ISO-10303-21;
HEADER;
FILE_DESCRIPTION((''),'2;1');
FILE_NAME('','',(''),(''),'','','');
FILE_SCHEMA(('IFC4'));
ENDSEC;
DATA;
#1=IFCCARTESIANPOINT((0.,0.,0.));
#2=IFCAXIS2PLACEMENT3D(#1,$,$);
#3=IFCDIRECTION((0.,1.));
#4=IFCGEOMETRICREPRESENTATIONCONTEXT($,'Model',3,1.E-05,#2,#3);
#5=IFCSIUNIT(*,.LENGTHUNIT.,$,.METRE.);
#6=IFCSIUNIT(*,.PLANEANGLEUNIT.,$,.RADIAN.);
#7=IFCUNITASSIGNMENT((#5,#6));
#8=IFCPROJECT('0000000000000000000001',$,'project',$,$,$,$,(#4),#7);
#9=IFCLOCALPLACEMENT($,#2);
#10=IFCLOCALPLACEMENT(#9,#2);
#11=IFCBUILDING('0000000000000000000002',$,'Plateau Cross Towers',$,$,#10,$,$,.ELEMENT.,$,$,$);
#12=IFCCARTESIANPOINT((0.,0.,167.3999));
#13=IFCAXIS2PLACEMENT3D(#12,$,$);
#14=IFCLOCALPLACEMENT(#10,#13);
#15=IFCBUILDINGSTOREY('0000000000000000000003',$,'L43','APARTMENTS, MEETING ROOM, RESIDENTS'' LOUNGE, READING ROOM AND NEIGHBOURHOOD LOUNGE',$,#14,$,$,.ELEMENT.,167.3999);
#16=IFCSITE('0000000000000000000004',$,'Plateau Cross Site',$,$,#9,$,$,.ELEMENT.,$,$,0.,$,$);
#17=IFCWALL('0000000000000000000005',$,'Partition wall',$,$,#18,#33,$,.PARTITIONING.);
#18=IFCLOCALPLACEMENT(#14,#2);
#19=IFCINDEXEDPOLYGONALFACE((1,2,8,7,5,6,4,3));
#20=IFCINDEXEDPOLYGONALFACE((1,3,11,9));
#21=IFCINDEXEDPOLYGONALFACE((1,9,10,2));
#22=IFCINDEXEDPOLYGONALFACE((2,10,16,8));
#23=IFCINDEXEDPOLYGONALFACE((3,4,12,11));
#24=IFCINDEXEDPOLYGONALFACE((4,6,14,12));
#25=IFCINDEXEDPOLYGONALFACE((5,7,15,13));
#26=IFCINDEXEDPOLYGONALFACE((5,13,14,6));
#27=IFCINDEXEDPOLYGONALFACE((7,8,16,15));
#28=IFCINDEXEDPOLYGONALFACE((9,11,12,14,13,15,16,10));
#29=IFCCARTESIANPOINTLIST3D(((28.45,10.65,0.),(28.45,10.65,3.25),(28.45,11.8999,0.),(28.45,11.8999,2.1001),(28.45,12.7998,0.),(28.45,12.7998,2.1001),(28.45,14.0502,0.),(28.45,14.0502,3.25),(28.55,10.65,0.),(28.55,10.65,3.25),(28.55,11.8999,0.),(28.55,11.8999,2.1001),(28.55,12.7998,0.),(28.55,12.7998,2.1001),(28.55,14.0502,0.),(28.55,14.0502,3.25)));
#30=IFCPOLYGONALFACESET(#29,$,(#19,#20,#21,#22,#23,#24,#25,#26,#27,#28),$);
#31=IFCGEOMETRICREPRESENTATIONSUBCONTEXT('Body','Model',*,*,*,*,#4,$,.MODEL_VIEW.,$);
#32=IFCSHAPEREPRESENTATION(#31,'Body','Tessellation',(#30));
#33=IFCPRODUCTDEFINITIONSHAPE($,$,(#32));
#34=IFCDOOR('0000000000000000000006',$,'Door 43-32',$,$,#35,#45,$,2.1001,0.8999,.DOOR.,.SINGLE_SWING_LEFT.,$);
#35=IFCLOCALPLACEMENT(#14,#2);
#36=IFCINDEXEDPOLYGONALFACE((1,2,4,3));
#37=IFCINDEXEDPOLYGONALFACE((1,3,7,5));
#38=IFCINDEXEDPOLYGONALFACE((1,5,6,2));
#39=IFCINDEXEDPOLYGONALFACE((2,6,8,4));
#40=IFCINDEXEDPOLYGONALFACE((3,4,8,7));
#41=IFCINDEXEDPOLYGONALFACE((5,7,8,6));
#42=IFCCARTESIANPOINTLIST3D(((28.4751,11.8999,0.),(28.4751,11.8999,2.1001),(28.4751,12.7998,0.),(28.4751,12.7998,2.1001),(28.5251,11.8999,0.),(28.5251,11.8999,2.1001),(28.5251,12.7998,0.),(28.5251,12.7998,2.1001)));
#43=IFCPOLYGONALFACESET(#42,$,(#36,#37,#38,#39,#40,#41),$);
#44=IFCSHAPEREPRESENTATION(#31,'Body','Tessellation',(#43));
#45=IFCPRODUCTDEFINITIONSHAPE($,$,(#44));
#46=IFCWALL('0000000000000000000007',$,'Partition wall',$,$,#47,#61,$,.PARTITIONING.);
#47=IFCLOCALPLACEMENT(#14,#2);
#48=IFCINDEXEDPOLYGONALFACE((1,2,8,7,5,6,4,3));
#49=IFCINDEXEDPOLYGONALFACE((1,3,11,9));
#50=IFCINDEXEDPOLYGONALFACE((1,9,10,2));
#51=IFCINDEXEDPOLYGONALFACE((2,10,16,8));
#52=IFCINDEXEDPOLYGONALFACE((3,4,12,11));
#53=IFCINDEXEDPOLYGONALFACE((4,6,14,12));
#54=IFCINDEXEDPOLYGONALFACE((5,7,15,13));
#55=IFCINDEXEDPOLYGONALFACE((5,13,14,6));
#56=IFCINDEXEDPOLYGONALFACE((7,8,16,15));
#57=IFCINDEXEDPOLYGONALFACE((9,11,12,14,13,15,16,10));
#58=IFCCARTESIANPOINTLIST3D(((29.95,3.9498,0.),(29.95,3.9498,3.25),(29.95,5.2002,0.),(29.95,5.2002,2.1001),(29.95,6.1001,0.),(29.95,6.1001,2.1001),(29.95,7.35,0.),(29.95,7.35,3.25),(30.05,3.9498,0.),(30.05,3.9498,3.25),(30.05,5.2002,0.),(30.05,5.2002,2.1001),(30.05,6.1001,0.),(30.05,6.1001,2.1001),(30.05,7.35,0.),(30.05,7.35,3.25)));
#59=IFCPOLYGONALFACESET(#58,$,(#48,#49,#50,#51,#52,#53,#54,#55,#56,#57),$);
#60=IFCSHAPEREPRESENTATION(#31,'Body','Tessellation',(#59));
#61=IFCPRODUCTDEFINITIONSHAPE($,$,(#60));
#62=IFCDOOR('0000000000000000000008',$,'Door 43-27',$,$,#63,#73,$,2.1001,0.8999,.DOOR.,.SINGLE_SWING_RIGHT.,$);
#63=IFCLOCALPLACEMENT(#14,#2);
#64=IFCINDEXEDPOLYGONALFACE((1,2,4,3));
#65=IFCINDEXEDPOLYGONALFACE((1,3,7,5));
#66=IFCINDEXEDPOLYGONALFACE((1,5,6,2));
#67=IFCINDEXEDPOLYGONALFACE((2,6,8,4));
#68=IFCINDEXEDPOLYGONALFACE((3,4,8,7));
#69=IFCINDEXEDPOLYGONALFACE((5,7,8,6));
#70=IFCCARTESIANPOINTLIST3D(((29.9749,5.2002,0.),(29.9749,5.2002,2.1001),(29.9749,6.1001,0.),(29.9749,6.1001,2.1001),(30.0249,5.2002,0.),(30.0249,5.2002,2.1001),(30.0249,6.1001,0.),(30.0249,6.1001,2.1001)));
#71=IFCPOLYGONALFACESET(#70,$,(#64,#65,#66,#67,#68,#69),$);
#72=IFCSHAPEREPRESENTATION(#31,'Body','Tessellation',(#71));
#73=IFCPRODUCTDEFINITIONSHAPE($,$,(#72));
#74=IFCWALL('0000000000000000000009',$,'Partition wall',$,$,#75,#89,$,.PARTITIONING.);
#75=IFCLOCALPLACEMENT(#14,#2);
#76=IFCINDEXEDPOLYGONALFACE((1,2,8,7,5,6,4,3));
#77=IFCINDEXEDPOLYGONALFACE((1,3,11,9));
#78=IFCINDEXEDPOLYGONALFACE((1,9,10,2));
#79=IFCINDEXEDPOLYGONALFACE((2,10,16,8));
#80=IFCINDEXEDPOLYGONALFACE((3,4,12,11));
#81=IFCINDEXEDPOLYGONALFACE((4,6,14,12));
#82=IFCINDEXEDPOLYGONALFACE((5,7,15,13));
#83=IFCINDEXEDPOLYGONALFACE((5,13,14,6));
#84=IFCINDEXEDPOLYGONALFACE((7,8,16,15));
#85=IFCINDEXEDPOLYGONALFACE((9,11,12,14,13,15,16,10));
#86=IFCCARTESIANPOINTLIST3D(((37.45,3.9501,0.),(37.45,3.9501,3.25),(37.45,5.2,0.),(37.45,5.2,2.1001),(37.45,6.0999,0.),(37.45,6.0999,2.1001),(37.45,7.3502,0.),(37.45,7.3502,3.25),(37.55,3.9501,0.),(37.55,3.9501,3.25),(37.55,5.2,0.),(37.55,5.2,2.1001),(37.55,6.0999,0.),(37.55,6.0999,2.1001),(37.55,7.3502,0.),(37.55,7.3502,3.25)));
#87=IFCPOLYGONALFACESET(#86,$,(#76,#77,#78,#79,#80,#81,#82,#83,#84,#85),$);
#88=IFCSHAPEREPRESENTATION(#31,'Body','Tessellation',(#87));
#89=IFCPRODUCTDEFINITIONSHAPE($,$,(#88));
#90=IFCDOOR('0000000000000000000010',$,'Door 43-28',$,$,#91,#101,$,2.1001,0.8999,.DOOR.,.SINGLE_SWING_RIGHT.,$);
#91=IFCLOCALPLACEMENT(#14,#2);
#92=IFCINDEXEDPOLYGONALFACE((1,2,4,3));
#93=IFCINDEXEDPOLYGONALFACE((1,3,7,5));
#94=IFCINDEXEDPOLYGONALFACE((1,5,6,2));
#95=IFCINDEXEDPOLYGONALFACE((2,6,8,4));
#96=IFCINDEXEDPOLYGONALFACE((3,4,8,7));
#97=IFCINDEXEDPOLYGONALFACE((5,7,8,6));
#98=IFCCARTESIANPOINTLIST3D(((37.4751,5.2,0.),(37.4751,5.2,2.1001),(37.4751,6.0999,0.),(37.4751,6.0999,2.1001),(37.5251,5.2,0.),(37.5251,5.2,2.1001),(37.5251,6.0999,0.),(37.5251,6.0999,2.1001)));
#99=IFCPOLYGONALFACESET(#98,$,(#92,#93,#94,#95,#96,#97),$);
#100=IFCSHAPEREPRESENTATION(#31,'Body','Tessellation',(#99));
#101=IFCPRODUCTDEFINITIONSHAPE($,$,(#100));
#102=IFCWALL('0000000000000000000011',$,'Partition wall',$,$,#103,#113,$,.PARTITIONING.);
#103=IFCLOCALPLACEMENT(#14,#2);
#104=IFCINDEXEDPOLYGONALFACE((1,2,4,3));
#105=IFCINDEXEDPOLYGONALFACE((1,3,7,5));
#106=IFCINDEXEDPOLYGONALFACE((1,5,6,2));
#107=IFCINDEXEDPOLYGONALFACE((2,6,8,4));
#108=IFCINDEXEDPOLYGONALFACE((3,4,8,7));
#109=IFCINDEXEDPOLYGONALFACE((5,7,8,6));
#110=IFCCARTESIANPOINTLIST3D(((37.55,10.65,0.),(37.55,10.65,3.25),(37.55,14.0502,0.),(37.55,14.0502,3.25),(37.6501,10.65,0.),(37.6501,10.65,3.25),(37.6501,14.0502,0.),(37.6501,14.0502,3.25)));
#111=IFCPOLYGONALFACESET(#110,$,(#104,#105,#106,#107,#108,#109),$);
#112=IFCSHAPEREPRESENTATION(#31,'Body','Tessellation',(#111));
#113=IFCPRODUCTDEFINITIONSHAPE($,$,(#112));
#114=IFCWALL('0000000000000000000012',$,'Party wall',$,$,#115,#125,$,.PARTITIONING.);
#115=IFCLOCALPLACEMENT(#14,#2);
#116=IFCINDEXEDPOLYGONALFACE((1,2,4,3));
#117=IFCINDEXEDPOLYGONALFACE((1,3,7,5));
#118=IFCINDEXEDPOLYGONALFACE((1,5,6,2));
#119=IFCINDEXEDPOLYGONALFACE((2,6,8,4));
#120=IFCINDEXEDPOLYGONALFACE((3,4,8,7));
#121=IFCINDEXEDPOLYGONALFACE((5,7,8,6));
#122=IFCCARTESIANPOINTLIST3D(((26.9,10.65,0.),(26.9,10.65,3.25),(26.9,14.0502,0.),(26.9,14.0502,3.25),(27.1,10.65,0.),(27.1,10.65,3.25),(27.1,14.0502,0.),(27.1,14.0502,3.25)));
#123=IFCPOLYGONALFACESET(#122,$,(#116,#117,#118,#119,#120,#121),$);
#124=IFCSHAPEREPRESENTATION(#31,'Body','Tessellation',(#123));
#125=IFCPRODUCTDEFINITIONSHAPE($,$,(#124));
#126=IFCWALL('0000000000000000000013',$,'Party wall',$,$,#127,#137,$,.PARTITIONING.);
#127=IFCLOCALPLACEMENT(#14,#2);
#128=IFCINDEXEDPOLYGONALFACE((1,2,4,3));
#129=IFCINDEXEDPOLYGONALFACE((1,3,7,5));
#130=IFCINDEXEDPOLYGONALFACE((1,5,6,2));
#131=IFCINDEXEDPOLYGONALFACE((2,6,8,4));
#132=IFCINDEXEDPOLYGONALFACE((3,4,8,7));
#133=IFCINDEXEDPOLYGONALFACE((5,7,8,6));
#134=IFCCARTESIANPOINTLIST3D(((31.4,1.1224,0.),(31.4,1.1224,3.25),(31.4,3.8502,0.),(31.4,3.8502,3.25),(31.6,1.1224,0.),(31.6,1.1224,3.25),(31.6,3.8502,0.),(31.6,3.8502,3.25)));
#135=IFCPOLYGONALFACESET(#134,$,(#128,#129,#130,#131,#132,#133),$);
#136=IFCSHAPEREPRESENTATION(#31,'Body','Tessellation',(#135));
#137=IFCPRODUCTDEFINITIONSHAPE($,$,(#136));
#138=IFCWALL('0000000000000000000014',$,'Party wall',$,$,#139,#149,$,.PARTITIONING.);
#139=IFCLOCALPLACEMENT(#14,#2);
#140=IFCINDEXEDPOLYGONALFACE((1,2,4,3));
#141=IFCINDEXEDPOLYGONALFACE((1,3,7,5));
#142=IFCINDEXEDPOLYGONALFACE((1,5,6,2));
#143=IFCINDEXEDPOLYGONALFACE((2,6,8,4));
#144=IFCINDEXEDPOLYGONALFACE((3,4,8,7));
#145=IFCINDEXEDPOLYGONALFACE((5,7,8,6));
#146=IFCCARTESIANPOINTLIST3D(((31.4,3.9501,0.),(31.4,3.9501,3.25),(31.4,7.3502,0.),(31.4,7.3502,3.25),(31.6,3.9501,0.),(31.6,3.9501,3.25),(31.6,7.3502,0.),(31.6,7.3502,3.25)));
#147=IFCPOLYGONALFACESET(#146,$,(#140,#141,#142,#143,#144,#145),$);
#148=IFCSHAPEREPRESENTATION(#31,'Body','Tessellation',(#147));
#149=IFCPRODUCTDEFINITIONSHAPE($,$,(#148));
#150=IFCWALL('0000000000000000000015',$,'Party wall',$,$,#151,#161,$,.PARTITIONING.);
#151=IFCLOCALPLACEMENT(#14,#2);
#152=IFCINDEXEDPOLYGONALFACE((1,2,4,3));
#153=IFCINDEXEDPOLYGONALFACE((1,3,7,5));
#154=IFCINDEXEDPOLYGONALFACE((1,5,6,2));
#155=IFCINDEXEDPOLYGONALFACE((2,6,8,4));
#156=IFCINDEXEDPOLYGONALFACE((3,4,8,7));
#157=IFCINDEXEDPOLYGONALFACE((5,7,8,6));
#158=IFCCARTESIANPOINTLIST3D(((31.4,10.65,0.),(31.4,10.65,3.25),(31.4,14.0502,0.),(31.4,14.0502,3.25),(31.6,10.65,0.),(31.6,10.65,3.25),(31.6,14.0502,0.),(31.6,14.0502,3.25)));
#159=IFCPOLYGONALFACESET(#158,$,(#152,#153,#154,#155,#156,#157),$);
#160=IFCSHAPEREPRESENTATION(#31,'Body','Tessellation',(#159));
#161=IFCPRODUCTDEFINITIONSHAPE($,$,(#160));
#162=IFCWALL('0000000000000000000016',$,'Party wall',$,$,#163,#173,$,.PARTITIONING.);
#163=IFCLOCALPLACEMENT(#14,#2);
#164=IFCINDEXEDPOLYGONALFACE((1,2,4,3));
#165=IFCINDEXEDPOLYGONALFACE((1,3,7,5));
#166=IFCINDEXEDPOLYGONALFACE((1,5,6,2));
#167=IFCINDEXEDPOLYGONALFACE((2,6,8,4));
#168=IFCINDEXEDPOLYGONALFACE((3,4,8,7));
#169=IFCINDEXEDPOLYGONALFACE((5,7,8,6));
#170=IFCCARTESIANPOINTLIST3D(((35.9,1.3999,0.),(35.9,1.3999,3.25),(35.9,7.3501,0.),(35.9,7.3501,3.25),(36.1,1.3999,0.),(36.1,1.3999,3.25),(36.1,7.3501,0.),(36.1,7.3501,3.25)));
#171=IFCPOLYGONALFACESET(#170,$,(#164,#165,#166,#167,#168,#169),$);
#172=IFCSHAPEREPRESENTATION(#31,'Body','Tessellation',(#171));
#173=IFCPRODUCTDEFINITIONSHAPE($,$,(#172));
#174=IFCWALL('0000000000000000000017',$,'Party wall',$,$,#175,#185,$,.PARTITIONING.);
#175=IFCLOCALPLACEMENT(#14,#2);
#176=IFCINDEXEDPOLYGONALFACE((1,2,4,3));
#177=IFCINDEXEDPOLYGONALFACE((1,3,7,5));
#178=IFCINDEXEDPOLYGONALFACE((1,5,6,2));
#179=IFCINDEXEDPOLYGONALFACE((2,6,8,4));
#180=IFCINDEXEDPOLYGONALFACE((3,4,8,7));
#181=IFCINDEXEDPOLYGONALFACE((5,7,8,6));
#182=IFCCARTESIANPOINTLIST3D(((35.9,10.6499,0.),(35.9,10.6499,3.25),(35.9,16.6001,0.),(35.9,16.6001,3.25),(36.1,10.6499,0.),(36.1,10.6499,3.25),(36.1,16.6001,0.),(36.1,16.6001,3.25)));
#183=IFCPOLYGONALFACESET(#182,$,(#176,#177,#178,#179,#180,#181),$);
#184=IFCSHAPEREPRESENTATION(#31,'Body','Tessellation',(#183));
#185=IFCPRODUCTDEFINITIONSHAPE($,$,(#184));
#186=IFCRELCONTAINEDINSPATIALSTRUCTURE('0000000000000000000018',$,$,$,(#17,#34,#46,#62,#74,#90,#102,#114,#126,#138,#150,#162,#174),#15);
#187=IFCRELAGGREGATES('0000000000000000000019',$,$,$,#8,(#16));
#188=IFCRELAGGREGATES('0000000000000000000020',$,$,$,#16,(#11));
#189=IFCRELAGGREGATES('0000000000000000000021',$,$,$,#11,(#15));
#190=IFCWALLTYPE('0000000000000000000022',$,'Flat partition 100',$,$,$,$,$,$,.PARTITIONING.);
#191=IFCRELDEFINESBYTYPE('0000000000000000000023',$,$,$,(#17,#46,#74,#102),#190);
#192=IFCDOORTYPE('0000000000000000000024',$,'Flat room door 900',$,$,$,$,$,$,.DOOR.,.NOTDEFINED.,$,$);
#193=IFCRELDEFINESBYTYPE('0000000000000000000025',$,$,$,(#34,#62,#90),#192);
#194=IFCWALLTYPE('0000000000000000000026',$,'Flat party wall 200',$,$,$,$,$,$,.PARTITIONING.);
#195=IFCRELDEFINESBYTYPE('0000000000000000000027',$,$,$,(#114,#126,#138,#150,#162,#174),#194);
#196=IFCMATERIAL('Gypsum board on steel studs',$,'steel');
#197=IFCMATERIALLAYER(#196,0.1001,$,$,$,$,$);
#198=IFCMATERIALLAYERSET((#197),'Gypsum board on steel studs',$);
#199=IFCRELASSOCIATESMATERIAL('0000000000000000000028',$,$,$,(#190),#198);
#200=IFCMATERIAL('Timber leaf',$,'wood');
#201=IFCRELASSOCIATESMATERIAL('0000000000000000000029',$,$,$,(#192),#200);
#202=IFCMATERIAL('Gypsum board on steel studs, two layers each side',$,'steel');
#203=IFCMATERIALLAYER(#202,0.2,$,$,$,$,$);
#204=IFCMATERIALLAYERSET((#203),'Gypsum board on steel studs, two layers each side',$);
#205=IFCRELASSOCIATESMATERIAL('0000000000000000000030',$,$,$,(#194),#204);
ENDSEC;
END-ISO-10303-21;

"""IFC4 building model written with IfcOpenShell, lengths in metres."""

from ifc_helpers import new_model, si_unit, direction, frame, frame_2d, origin, place, context, subcontext, project, spatial, rectangle, extrude, material, layer, layer_set, type_object, element, fill, save


model = new_model("IFC4")

# Units and contexts
model_context = context("Model", 3, precision=1e-05, world=origin(), true_north=direction((0.0, 1.0)))
body_context = subcontext(model_context, "Body", "Model", "MODEL_VIEW")
ifc_project = project(units=[si_unit("LENGTHUNIT", "METRE"), si_unit("PLANEANGLEUNIT", "RADIAN")], contexts=[model_context])

# Site, building, storey
site_placement = place(None, origin())
site = spatial("IfcSite", under=ifc_project, at=site_placement, Name="Plateau Cross Site", CompositionType="ELEMENT", RefElevation=0.0)
building_placement = place(site_placement, origin())
building = spatial("IfcBuilding", under=site, at=building_placement, Name="Plateau Cross Towers", CompositionType="ELEMENT")
storey_placement = place(building_placement, frame((0.0, 0.0, 167.3999)))
storey = spatial("IfcBuildingStorey", under=building, at=storey_placement, Name="L43", Description="APARTMENTS, MEETING ROOM, RESIDENTS' LOUNGE, READING ROOM AND NEIGHBOURHOOD LOUNGE", CompositionType="ELEMENT", Elevation=167.3999)

# Shared definitions
ifc_material_1 = material(Name="Gypsum board on steel studs", Category="steel")
ifc_layer_1 = layer(ifc_material_1, 0.1001)
ifc_layer_set_1 = layer_set([ifc_layer_1], Name="Gypsum board on steel studs")
wall_type_1 = type_object("IfcWallType", Name="Flat partition 100", PredefinedType="PARTITIONING", material=ifc_layer_set_1)

# Walls, openings, doors
ifc_material_2 = material(Name="Timber leaf", Category="wood")
door_type_1 = type_object("IfcDoorType", Name="Flat room door 900", OperationType="NOTDEFINED", PredefinedType="DOOR", material=ifc_material_2)
wall_1_placement = place(storey_placement, frame((28.5, 10.6499, 0.0), z_axis=(0.0, 0.0, 1.0), x_axis=(0.0, 1.0, 0.0)))
wall_1 = element("IfcWall", 1, at=wall_1_placement, inside=storey, type_object=wall_type_1, Name="Partition wall", PredefinedType="PARTITIONING", context=body_context, shape_type="SweptSolid", body=[
    extrude(rectangle(XDim=3.4001, YDim=0.1001, at=frame_2d((1.7002, 0.0))), origin(), (0.0, 0.0, 1.0), 3.25),
])
opening_1_placement = place(wall_1_placement, frame((1.25, 0.0, 0.0)))
opening_1 = element("IfcOpeningElement", 2, at=opening_1_placement, cuts=wall_1, PredefinedType="OPENING", context=body_context, shape_type="SweptSolid", body=[
    extrude(rectangle(XDim=0.8999, YDim=2.1001, at=frame_2d((0.45, 1.05))), frame((0.0, 0.0601, 0.0), z_axis=(0.0, -1.0, 0.0), x_axis=(1.0, 0.0, 0.0)), (0.0, 0.0, 1.0), 0.1201),
])
door_1_placement = place(opening_1_placement, origin())
door_1 = element("IfcDoor", 3, at=door_1_placement, inside=storey, type_object=door_type_1, Name="Door 43-32", OperationType="SINGLE_SWING_LEFT", OverallHeight=2.1001, OverallWidth=0.8999, PredefinedType="DOOR", context=body_context, shape_type="SweptSolid", body=[
    extrude(rectangle(XDim=0.8999, YDim=2.1001, at=frame_2d((0.45, 1.05))), frame((0.0, 0.0249, 0.0), z_axis=(0.0, -1.0, 0.0), x_axis=(1.0, 0.0, 0.0)), (0.0, 0.0, 1.0), 0.05),
])
fill(opening_1, door_1)
wall_2_placement = place(storey_placement, frame((30.0, 7.3501, 0.0), z_axis=(0.0, 0.0, 1.0), x_axis=(0.0, -1.0, 0.0)))
wall_2 = element("IfcWall", 4, at=wall_2_placement, inside=storey, type_object=wall_type_1, Name="Partition wall", PredefinedType="PARTITIONING", context=body_context, shape_type="SweptSolid", body=[
    extrude(rectangle(XDim=3.4001, YDim=0.1001, at=frame_2d((1.7002, 0.0))), origin(), (0.0, 0.0, 1.0), 3.25),
])
opening_2_placement = place(wall_2_placement, frame((1.25, 0.0, 0.0)))
opening_2 = element("IfcOpeningElement", 5, at=opening_2_placement, cuts=wall_2, PredefinedType="OPENING", context=body_context, shape_type="SweptSolid", body=[
    extrude(rectangle(XDim=0.8999, YDim=2.1001, at=frame_2d((0.45, 1.05))), frame((0.0, 0.0601, 0.0), z_axis=(0.0, -1.0, 0.0), x_axis=(1.0, 0.0, 0.0)), (0.0, 0.0, 1.0), 0.1201),
])
door_2_placement = place(opening_2_placement, origin())
door_2 = element("IfcDoor", 6, at=door_2_placement, inside=storey, type_object=door_type_1, Name="Door 43-27", OperationType="SINGLE_SWING_RIGHT", OverallHeight=2.1001, OverallWidth=0.8999, PredefinedType="DOOR", context=body_context, shape_type="SweptSolid", body=[
    extrude(rectangle(XDim=0.8999, YDim=2.1001, at=frame_2d((0.45, 1.05))), frame((0.0, 0.0249, 0.0), z_axis=(0.0, -1.0, 0.0), x_axis=(1.0, 0.0, 0.0)), (0.0, 0.0, 1.0), 0.05),
])
fill(opening_2, door_2)
wall_3_placement = place(storey_placement, frame((37.5, 3.95, 0.0), z_axis=(0.0, 0.0, 1.0), x_axis=(0.0, 1.0, 0.0)))
wall_3 = element("IfcWall", 7, at=wall_3_placement, inside=storey, type_object=wall_type_1, Name="Partition wall", PredefinedType="PARTITIONING", context=body_context, shape_type="SweptSolid", body=[
    extrude(rectangle(XDim=3.4001, YDim=0.1001, at=frame_2d((1.7002, 0.0))), origin(), (0.0, 0.0, 1.0), 3.25),
])
opening_3_placement = place(wall_3_placement, frame((1.25, 0.0, 0.0)))
opening_3 = element("IfcOpeningElement", 8, at=opening_3_placement, cuts=wall_3, PredefinedType="OPENING", context=body_context, shape_type="SweptSolid", body=[
    extrude(rectangle(XDim=0.8999, YDim=2.1001, at=frame_2d((0.45, 1.05))), frame((0.0, 0.0601, 0.0), z_axis=(0.0, -1.0, 0.0), x_axis=(1.0, 0.0, 0.0)), (0.0, 0.0, 1.0), 0.1201),
])
door_3_placement = place(opening_3_placement, origin())
door_3 = element("IfcDoor", 9, at=door_3_placement, inside=storey, type_object=door_type_1, Name="Door 43-28", OperationType="SINGLE_SWING_RIGHT", OverallHeight=2.1001, OverallWidth=0.8999, PredefinedType="DOOR", context=body_context, shape_type="SweptSolid", body=[
    extrude(rectangle(XDim=0.8999, YDim=2.1001, at=frame_2d((0.45, 1.05))), frame((0.0, 0.0249, 0.0), z_axis=(0.0, -1.0, 0.0), x_axis=(1.0, 0.0, 0.0)), (0.0, 0.0, 1.0), 0.05),
])
fill(opening_3, door_3)

# Walls
wall_4_placement = place(storey_placement, frame((37.6001, 10.6499, 0.0), z_axis=(0.0, 0.0, 1.0), x_axis=(0.0, 1.0, 0.0)))
element("IfcWall", 10, at=wall_4_placement, inside=storey, type_object=wall_type_1, Name="Partition wall", PredefinedType="PARTITIONING", context=body_context, shape_type="SweptSolid", body=[
    extrude(rectangle(XDim=3.4001, YDim=0.1001, at=frame_2d((1.7002, 0.0))), origin(), (0.0, 0.0, 1.0), 3.25),
])
ifc_material_3 = material(Name="Gypsum board on steel studs, two layers each side", Category="steel")
ifc_layer_2 = layer(ifc_material_3, 0.2)
ifc_layer_set_2 = layer_set([ifc_layer_2], Name="Gypsum board on steel studs, two layers each side")
wall_type_2 = type_object("IfcWallType", Name="Flat party wall 200", PredefinedType="PARTITIONING", material=ifc_layer_set_2)
wall_5_placement = place(storey_placement, frame((27.0, 10.6499, 0.0), z_axis=(0.0, 0.0, 1.0), x_axis=(0.0, 1.0, 0.0)))
element("IfcWall", 11, at=wall_5_placement, inside=storey, type_object=wall_type_2, Name="Party wall", PredefinedType="PARTITIONING", context=body_context, shape_type="SweptSolid", body=[
    extrude(rectangle(XDim=3.4001, YDim=0.2, at=frame_2d((1.7002, 0.0))), origin(), (0.0, 0.0, 1.0), 3.25),
])
wall_6_placement = place(storey_placement, frame((31.5, 3.8501, 0.0), z_axis=(0.0, 0.0, 1.0), x_axis=(0.0, -1.0, 0.0)))
element("IfcWall", 12, at=wall_6_placement, inside=storey, type_object=wall_type_2, Name="Party wall", PredefinedType="PARTITIONING", context=body_context, shape_type="SweptSolid", body=[
    extrude(rectangle(XDim=2.7278, YDim=0.2, at=frame_2d((1.3638, 0.0))), origin(), (0.0, 0.0, 1.0), 3.25),
])
for number, where, z_axis, x_axis, name in (
    (13, (31.5, 3.95, 0.0), (0.0, 0.0, 1.0), (0.0, 1.0, 0.0), "Party wall"),
    (14, (31.5, 10.6499, 0.0), (0.0, 0.0, 1.0), (0.0, 1.0, 0.0), "Party wall"),
):
    element("IfcWall", number, at=place(storey_placement, frame(where, z_axis=z_axis, x_axis=x_axis)), inside=storey, type_object=wall_type_2, Name=name, PredefinedType="PARTITIONING", context=body_context, shape_type="SweptSolid", body=[
        extrude(rectangle(XDim=3.4001, YDim=0.2, at=frame_2d((1.7002, 0.0))), origin(), (0.0, 0.0, 1.0), 3.25),
    ])
for number, where, z_axis, x_axis, name in (
    (15, (36.0, 1.3999, 0.0), (0.0, 0.0, 1.0), (0.0, 1.0, 0.0), "Party wall"),
    (16, (36.0, 10.6499, 0.0), (0.0, 0.0, 1.0), (0.0, 1.0, 0.0), "Party wall"),
):
    element("IfcWall", number, at=place(storey_placement, frame(where, z_axis=z_axis, x_axis=x_axis)), inside=storey, type_object=wall_type_2, Name=name, PredefinedType="PARTITIONING", context=body_context, shape_type="SweptSolid", body=[
        extrude(rectangle(XDim=5.9502, YDim=0.2, at=frame_2d((2.9751, 0.0))), origin(), (0.0, 0.0, 1.0), 3.25),
    ])

save(model, "model.ifc")
